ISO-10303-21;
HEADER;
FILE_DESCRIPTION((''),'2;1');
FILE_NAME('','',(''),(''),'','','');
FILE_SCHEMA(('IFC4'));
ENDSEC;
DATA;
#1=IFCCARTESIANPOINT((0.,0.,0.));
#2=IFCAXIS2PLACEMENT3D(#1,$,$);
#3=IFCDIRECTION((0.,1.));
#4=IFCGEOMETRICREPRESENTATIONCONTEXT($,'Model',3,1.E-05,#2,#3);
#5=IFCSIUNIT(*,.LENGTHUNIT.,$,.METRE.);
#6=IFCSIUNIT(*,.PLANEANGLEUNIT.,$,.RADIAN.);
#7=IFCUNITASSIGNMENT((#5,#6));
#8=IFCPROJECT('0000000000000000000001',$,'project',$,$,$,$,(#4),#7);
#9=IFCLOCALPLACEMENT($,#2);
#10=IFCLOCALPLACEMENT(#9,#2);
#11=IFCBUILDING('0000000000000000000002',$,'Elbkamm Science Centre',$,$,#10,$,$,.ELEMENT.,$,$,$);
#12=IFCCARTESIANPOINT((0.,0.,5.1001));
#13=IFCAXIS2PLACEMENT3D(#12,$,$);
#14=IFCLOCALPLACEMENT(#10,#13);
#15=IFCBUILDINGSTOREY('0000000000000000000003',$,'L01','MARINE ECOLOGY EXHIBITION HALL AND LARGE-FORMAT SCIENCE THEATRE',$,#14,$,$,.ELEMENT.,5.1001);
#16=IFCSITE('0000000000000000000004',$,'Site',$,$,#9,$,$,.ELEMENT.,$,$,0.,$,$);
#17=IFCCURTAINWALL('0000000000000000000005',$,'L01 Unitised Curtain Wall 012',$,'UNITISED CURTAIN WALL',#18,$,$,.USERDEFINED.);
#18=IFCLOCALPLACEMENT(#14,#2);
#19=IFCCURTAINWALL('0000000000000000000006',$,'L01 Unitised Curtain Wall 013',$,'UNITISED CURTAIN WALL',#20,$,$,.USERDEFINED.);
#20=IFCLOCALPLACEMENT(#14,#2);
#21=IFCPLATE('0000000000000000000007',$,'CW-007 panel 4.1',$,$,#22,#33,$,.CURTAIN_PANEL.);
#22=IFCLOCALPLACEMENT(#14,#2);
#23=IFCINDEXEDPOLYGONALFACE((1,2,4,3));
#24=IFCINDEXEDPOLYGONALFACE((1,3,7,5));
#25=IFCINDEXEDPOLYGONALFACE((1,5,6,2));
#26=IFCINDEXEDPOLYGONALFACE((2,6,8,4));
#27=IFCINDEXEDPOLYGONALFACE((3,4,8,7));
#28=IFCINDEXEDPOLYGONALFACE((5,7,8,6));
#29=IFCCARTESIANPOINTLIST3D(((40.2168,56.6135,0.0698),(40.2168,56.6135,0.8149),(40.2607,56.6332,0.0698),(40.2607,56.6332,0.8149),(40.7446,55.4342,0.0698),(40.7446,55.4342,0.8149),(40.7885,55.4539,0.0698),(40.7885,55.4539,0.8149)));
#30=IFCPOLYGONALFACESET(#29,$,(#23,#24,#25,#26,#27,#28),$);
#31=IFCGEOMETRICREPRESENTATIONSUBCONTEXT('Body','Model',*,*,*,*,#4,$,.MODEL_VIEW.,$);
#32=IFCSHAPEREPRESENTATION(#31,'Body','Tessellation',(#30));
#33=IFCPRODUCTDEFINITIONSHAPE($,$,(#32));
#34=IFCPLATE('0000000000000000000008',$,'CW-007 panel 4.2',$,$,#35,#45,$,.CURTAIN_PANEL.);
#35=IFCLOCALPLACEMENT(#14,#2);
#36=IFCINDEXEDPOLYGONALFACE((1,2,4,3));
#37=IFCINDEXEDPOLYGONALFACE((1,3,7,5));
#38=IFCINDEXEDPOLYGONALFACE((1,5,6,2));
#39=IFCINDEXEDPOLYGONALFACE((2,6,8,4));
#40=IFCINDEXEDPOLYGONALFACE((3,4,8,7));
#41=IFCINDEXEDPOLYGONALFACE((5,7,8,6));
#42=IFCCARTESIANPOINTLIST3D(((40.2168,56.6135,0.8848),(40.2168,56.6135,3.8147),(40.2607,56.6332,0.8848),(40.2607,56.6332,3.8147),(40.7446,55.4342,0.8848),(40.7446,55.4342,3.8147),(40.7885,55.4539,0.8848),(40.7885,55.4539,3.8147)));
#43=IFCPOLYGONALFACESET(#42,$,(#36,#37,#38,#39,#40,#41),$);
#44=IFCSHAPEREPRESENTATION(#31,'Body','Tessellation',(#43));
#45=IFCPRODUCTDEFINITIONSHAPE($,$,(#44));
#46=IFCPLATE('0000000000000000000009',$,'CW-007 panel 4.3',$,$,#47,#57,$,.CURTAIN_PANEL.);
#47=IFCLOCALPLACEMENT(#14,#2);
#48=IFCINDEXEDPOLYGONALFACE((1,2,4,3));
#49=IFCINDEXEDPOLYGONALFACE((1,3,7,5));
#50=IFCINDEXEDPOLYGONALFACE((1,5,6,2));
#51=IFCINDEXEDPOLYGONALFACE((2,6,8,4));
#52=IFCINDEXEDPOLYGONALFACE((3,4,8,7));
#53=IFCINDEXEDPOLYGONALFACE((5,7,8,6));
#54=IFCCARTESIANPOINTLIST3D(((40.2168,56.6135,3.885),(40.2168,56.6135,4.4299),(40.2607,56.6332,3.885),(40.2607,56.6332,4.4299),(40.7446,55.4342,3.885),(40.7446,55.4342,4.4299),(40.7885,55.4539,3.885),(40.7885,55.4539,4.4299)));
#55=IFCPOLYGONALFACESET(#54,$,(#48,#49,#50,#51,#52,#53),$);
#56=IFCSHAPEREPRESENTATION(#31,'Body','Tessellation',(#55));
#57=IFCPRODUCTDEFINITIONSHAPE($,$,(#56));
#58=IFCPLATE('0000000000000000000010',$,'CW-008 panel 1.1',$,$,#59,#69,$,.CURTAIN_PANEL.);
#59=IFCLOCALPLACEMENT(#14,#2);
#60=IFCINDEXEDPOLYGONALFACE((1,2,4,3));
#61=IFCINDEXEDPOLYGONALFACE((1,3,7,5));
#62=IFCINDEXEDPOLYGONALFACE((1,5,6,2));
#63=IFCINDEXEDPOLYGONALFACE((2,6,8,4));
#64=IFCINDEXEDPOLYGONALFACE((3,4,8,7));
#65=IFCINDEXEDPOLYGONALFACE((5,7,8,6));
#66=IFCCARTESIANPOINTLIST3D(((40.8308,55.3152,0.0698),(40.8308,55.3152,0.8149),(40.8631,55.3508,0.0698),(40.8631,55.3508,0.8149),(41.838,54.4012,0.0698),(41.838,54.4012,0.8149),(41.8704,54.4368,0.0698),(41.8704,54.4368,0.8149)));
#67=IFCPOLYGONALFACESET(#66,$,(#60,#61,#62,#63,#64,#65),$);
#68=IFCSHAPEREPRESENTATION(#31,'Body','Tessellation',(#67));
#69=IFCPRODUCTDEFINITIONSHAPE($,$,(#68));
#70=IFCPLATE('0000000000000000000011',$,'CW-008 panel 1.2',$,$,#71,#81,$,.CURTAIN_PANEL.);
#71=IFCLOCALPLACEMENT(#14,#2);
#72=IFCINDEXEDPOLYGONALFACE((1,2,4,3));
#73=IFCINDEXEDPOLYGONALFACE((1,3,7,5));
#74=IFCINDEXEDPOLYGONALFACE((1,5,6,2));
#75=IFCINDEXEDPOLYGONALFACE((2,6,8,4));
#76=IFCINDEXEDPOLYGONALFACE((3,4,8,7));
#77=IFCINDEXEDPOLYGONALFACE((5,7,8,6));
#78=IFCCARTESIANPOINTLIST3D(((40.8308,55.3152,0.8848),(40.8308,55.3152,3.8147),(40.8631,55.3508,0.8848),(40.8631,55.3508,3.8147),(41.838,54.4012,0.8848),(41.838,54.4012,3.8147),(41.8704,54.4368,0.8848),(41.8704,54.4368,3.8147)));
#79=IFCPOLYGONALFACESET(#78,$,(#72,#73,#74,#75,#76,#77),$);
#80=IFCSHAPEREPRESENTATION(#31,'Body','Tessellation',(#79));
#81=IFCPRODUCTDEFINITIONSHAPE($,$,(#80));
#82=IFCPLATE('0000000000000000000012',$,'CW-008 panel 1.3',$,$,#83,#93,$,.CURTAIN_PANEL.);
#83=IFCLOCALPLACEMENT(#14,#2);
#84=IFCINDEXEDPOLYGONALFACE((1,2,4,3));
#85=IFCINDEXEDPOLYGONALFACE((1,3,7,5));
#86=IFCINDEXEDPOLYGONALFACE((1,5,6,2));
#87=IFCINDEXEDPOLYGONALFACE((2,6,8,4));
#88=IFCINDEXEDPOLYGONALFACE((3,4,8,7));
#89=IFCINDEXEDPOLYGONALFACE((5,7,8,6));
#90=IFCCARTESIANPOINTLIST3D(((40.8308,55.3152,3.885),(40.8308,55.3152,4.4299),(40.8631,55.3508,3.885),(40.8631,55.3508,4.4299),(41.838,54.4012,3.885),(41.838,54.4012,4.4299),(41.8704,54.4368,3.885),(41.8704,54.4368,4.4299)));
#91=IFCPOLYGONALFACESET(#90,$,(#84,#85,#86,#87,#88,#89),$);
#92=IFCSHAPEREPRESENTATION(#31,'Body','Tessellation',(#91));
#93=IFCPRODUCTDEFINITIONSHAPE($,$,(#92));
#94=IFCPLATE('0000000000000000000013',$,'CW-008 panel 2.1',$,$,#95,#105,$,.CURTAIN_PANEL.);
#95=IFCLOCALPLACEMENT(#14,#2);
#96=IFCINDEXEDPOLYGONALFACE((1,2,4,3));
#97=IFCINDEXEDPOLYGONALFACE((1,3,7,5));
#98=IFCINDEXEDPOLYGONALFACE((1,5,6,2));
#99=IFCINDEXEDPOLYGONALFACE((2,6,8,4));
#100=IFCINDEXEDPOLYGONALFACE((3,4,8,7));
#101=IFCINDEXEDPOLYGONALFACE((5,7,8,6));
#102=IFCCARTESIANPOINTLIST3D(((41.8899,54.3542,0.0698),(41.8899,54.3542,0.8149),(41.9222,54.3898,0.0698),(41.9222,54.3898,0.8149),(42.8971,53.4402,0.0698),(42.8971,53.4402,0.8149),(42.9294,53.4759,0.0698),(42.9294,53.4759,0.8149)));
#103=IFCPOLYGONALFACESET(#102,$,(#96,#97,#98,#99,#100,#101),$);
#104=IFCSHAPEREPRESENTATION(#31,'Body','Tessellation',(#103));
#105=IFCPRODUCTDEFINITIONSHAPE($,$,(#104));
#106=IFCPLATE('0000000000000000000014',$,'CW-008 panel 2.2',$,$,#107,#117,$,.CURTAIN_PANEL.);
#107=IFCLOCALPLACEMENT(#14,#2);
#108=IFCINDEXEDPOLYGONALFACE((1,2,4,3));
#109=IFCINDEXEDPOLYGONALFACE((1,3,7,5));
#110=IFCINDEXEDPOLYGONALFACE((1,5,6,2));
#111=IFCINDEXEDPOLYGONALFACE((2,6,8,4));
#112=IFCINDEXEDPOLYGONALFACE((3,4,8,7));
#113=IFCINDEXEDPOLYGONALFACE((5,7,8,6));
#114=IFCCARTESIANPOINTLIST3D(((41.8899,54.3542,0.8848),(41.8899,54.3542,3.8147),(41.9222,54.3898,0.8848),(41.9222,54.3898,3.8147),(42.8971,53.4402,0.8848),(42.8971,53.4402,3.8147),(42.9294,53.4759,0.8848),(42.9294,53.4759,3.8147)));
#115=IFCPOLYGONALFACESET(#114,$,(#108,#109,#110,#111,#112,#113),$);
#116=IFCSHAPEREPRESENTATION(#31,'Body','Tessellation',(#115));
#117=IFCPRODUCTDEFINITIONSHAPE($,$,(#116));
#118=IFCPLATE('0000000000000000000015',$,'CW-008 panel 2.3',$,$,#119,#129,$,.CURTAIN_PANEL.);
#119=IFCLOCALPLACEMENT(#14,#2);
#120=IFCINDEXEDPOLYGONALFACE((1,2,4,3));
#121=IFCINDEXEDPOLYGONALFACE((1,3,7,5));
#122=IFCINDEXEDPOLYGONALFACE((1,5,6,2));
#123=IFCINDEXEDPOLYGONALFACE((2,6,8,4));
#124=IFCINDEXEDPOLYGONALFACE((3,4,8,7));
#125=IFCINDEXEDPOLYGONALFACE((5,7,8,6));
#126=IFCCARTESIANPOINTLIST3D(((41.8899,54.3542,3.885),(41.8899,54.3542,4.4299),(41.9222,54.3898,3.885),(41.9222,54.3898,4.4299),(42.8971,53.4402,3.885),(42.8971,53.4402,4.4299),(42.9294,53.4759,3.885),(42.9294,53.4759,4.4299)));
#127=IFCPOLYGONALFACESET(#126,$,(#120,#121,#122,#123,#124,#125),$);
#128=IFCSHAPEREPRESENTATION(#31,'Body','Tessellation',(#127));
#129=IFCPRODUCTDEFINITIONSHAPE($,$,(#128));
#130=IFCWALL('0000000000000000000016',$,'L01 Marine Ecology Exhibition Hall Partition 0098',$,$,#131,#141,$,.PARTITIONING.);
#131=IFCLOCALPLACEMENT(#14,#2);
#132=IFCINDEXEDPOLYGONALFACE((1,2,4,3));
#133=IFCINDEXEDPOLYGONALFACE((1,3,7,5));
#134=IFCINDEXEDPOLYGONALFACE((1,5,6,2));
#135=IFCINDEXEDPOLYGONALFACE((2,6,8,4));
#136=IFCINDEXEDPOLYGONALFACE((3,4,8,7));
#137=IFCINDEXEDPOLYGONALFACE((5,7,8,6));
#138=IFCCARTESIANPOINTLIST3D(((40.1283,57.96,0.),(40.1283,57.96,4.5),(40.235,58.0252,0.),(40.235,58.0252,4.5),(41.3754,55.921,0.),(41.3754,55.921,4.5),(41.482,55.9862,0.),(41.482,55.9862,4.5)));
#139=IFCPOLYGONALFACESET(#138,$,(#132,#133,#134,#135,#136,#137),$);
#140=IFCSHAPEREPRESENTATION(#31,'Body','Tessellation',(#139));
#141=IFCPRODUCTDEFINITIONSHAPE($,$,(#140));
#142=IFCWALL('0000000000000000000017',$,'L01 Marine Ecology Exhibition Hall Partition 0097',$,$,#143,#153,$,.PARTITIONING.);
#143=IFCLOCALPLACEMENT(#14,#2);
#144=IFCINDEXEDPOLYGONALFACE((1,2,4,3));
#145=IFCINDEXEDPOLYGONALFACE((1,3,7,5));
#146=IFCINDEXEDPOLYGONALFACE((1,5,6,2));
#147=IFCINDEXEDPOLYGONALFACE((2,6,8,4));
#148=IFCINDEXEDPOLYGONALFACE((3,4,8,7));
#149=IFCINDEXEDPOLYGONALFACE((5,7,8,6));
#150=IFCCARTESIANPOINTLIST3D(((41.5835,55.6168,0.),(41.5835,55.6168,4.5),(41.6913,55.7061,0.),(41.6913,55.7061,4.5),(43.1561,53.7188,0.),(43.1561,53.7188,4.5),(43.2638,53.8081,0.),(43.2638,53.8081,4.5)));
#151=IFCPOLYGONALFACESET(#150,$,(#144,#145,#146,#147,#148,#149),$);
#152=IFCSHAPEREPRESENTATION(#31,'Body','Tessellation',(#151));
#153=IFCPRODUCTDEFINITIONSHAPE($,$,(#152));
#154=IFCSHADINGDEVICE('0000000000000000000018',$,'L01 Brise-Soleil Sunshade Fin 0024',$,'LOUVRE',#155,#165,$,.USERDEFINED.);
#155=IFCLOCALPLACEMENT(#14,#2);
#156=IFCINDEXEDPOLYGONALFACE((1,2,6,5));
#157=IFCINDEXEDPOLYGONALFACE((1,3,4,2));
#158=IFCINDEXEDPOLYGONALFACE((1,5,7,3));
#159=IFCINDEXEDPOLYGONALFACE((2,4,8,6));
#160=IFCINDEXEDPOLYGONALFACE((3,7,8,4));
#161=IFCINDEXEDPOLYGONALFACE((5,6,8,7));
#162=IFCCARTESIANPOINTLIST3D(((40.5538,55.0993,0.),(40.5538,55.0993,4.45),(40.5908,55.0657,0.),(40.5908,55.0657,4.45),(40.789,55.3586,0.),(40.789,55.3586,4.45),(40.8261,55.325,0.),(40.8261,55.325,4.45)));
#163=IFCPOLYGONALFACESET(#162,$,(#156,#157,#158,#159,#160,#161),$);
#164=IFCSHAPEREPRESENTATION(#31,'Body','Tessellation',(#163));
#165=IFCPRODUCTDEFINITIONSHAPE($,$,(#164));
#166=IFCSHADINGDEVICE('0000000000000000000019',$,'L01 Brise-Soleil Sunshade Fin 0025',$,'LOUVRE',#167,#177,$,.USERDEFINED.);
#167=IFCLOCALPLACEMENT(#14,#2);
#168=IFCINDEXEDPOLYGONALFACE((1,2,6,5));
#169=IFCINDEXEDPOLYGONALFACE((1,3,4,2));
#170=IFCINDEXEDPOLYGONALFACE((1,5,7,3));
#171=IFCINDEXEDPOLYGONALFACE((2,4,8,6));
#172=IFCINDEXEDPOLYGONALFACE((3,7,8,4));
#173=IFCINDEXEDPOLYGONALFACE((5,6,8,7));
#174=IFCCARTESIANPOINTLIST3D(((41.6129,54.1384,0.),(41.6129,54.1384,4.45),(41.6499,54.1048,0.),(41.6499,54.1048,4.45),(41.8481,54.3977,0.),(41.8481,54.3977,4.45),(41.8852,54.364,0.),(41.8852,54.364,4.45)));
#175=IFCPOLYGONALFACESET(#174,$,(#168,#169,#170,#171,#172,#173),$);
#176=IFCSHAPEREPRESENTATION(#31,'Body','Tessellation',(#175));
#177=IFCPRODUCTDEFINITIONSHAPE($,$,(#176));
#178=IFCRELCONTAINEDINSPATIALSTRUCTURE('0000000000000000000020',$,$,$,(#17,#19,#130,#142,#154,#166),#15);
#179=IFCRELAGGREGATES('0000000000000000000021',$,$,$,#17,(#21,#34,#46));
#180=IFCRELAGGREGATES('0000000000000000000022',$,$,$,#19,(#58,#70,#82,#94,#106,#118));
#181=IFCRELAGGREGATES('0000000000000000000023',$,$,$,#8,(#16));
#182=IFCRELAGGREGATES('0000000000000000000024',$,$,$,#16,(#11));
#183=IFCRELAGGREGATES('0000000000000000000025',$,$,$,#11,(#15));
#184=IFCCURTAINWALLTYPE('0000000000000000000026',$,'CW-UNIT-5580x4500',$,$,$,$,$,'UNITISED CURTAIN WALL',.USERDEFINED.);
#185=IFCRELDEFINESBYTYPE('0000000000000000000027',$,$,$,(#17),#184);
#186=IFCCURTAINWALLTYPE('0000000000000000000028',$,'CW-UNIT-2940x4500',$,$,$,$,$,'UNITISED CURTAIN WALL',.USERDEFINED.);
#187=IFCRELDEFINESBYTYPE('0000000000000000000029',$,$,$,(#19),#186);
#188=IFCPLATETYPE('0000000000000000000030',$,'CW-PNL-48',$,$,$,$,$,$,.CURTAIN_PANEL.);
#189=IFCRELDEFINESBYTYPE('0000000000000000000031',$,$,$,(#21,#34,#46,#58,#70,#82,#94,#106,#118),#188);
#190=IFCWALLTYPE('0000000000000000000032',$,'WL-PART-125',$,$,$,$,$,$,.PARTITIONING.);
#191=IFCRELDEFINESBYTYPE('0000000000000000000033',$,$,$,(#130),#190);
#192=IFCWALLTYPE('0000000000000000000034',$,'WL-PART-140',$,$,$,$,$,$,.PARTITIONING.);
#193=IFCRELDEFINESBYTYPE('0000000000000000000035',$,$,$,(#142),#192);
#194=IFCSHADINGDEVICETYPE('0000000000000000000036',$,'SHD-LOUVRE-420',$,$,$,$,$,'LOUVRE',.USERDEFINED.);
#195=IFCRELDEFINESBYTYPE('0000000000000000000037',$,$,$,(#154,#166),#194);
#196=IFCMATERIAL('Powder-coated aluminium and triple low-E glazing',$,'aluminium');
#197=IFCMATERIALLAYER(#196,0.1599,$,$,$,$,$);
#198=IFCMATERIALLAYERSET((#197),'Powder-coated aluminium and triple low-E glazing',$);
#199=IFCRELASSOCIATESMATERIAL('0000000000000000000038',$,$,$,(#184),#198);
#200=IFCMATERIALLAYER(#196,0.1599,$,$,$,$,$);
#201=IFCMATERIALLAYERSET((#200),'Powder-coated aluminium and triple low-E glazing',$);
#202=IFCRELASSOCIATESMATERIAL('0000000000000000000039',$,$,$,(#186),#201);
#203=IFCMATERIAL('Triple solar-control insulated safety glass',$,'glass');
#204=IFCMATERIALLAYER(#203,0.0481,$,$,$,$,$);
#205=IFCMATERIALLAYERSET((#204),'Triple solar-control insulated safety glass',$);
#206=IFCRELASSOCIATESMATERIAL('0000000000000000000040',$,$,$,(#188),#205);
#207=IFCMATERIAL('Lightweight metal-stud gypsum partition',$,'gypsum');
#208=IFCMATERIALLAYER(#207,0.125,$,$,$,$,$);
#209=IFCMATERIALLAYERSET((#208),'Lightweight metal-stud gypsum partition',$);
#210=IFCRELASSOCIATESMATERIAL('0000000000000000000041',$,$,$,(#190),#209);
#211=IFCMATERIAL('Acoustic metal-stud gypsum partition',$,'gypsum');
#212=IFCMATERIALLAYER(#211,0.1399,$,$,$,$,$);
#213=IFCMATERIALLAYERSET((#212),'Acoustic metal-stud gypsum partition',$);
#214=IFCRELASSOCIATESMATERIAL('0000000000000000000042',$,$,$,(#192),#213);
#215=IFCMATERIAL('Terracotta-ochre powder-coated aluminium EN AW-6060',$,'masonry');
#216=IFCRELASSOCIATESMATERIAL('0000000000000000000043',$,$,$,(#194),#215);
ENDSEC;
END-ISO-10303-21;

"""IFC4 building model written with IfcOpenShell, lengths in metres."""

from ifc_helpers import new_model, si_unit, direction, frame, frame_2d, origin, origin_2d, place, context, subcontext, project, spatial, rectangle, extrude, material, layer, layer_set, type_object, element, aggregate, save


model = new_model("IFC4")

# Units and contexts
model_context = context("Model", 3, precision=1e-05, world=origin(), true_north=direction((0.0, 1.0)))
body_context = subcontext(model_context, "Body", "Model", "MODEL_VIEW")
ifc_project = project(units=[si_unit("LENGTHUNIT", "METRE"), si_unit("PLANEANGLEUNIT", "RADIAN")], contexts=[model_context])

# Site, building, storey
site_placement = place(None, origin())
site = spatial("IfcSite", under=ifc_project, at=site_placement, Name="Site", CompositionType="ELEMENT", RefElevation=0.0)
building_placement = place(site_placement, origin())
building = spatial("IfcBuilding", under=site, at=building_placement, Name="Elbkamm Science Centre", CompositionType="ELEMENT")
storey_placement = place(building_placement, frame((0.0, 0.0, 5.1001)))
storey = spatial("IfcBuildingStorey", under=building, at=storey_placement, Name="L01", Description="MARINE ECOLOGY EXHIBITION HALL AND LARGE-FORMAT SCIENCE THEATRE", CompositionType="ELEMENT", Elevation=5.1001)

# Curtain wall
ifc_material_1 = material(Name="Powder-coated aluminium and triple low-E glazing", Category="aluminium")
ifc_layer_1 = layer(ifc_material_1, 0.1599)
ifc_layer_set_1 = layer_set([ifc_layer_1], Name="Powder-coated aluminium and triple low-E glazing")
curtain_wall_type_1 = type_object("IfcCurtainWallType", Name="CW-UNIT-5580x4500", ElementType="UNITISED CURTAIN WALL", PredefinedType="USERDEFINED", material=ifc_layer_set_1)
curtain_wall_1_placement = place(storey_placement, origin())
curtain_wall_1 = element("IfcCurtainWall", 1, at=curtain_wall_1_placement, inside=storey, type_object=curtain_wall_type_1, Name="L01 Unitised Curtain Wall 012", ObjectType="UNITISED CURTAIN WALL", PredefinedType="USERDEFINED")

# Curtain wall
ifc_layer_2 = layer(ifc_material_1, 0.1599)
ifc_layer_set_2 = layer_set([ifc_layer_2], Name="Powder-coated aluminium and triple low-E glazing")
curtain_wall_type_2 = type_object("IfcCurtainWallType", Name="CW-UNIT-2940x4500", ElementType="UNITISED CURTAIN WALL", PredefinedType="USERDEFINED", material=ifc_layer_set_2)
curtain_wall_2_placement = place(storey_placement, origin())
curtain_wall_2 = element("IfcCurtainWall", 2, at=curtain_wall_2_placement, inside=storey, type_object=curtain_wall_type_2, Name="L01 Unitised Curtain Wall 013", ObjectType="UNITISED CURTAIN WALL", PredefinedType="USERDEFINED")

# Plates
ifc_material_2 = material(Name="Triple solar-control insulated safety glass", Category="glass")
ifc_layer_3 = layer(ifc_material_2, 0.0481)
ifc_layer_set_3 = layer_set([ifc_layer_3], Name="Triple solar-control insulated safety glass")
plate_type = type_object("IfcPlateType", Name="CW-PNL-48", PredefinedType="CURTAIN_PANEL", material=ifc_layer_set_3)
plate_1_placement = place(storey_placement, frame((40.5027, 56.0337, 0.0698), z_axis=(0.0, 0.0, 1.0), x_axis=(0.40851, -0.912754, 0.0)))
plate_1 = element("IfcPlate", 3, at=plate_1_placement, type_object=plate_type, Name="CW-007 panel 4.1", PredefinedType="CURTAIN_PANEL", context=body_context, shape_type="SweptSolid", body=[
    extrude(rectangle(XDim=1.292, YDim=0.0481, at=origin_2d()), origin(), (0.0, 0.0, 1.0), 0.7451),
])
plate_2_placement = place(storey_placement, frame((40.5027, 56.0337, 0.8848), z_axis=(0.0, 0.0, 1.0), x_axis=(0.40851, -0.912754, 0.0)))
plate_2 = element("IfcPlate", 4, at=plate_2_placement, type_object=plate_type, Name="CW-007 panel 4.2", PredefinedType="CURTAIN_PANEL", context=body_context, shape_type="SweptSolid", body=[
    extrude(rectangle(XDim=1.292, YDim=0.0481, at=origin_2d()), origin(), (0.0, 0.0, 1.0), 2.9299),
])
plate_3_placement = place(storey_placement, frame((40.5027, 56.0337, 3.885), z_axis=(0.0, 0.0, 1.0), x_axis=(0.40851, -0.912754, 0.0)))
plate_3 = element("IfcPlate", 5, at=plate_3_placement, type_object=plate_type, Name="CW-007 panel 4.3", PredefinedType="CURTAIN_PANEL", context=body_context, shape_type="SweptSolid", body=[
    extrude(rectangle(XDim=1.292, YDim=0.0481, at=origin_2d()), origin(), (0.0, 0.0, 1.0), 0.5449),
])
aggregate(curtain_wall_1, [plate_1, plate_2, plate_3])
plate_4_placement = place(storey_placement, frame((41.3506, 54.876, 0.0698), z_axis=(0.0, 0.0, 1.0), x_axis=(0.740557, -0.671993, 0.0)))
plate_4 = element("IfcPlate", 6, at=plate_4_placement, type_object=plate_type, Name="CW-008 panel 1.1", PredefinedType="CURTAIN_PANEL", context=body_context, shape_type="SweptSolid", body=[
    extrude(rectangle(XDim=1.3601, YDim=0.0481, at=origin_2d()), origin(), (0.0, 0.0, 1.0), 0.7451),
])
plate_5_placement = place(storey_placement, frame((41.3506, 54.876, 0.8848), z_axis=(0.0, 0.0, 1.0), x_axis=(0.740557, -0.671993, 0.0)))
plate_5 = element("IfcPlate", 7, at=plate_5_placement, type_object=plate_type, Name="CW-008 panel 1.2", PredefinedType="CURTAIN_PANEL", context=body_context, shape_type="SweptSolid", body=[
    extrude(rectangle(XDim=1.3601, YDim=0.0481, at=origin_2d()), origin(), (0.0, 0.0, 1.0), 2.9299),
])
plate_6_placement = place(storey_placement, frame((41.3506, 54.876, 3.885), z_axis=(0.0, 0.0, 1.0), x_axis=(0.740557, -0.671993, 0.0)))
plate_6 = element("IfcPlate", 8, at=plate_6_placement, type_object=plate_type, Name="CW-008 panel 1.3", PredefinedType="CURTAIN_PANEL", context=body_context, shape_type="SweptSolid", body=[
    extrude(rectangle(XDim=1.3601, YDim=0.0481, at=origin_2d()), origin(), (0.0, 0.0, 1.0), 0.5449),
])
plate_7_placement = place(storey_placement, frame((42.4097, 53.915, 0.0698), z_axis=(0.0, 0.0, 1.0), x_axis=(0.740557, -0.671993, 0.0)))
plate_7 = element("IfcPlate", 9, at=plate_7_placement, type_object=plate_type, Name="CW-008 panel 2.1", PredefinedType="CURTAIN_PANEL", context=body_context, shape_type="SweptSolid", body=[
    extrude(rectangle(XDim=1.3601, YDim=0.0481, at=origin_2d()), origin(), (0.0, 0.0, 1.0), 0.7451),
])
plate_8_placement = place(storey_placement, frame((42.4097, 53.915, 0.8848), z_axis=(0.0, 0.0, 1.0), x_axis=(0.740557, -0.671993, 0.0)))
plate_8 = element("IfcPlate", 10, at=plate_8_placement, type_object=plate_type, Name="CW-008 panel 2.2", PredefinedType="CURTAIN_PANEL", context=body_context, shape_type="SweptSolid", body=[
    extrude(rectangle(XDim=1.3601, YDim=0.0481, at=origin_2d()), origin(), (0.0, 0.0, 1.0), 2.9299),
])
plate_9_placement = place(storey_placement, frame((42.4097, 53.915, 3.885), z_axis=(0.0, 0.0, 1.0), x_axis=(0.740557, -0.671993, 0.0)))
plate_9 = element("IfcPlate", 11, at=plate_9_placement, type_object=plate_type, Name="CW-008 panel 2.3", PredefinedType="CURTAIN_PANEL", context=body_context, shape_type="SweptSolid", body=[
    extrude(rectangle(XDim=1.3601, YDim=0.0481, at=origin_2d()), origin(), (0.0, 0.0, 1.0), 0.5449),
])
aggregate(curtain_wall_2, [plate_4, plate_5, plate_6, plate_7, plate_8, plate_9])

# Walls
ifc_material_3 = material(Name="Lightweight metal-stud gypsum partition", Category="gypsum")
ifc_layer_4 = layer(ifc_material_3, 0.125)
ifc_layer_set_4 = layer_set([ifc_layer_4], Name="Lightweight metal-stud gypsum partition")
wall_type_1 = type_object("IfcWallType", Name="WL-PART-125", PredefinedType="PARTITIONING", material=ifc_layer_set_4)
wall_1_placement = place(storey_placement, frame((41.4287, 55.9536, 0.0), z_axis=(0.0, 0.0, 1.0), x_axis=(-0.521747, 0.8531, 0.0)))
element("IfcWall", 12, at=wall_1_placement, inside=storey, type_object=wall_type_1, Name="L01 Marine Ecology Exhibition Hall Partition 0098", PredefinedType="PARTITIONING", context=body_context, shape_type="SweptSolid", body=[
    extrude(rectangle(XDim=2.3901, YDim=0.125, at=frame_2d((1.1951, 0.0))), origin(), (0.0, 0.0, 1.0), 4.5),
])
ifc_material_4 = material(Name="Acoustic metal-stud gypsum partition", Category="gypsum")
ifc_layer_5 = layer(ifc_material_4, 0.1399)
ifc_layer_set_5 = layer_set([ifc_layer_5], Name="Acoustic metal-stud gypsum partition")
wall_type_2 = type_object("IfcWallType", Name="WL-PART-140", PredefinedType="PARTITIONING", material=ifc_layer_set_5)
wall_2_placement = place(storey_placement, frame((43.21, 53.7634, 0.0), z_axis=(0.0, 0.0, 1.0), x_axis=(-0.637999, 0.770037, 0.0)))
element("IfcWall", 13, at=wall_2_placement, inside=storey, type_object=wall_type_2, Name="L01 Marine Ecology Exhibition Hall Partition 0097", PredefinedType="PARTITIONING", context=body_context, shape_type="SweptSolid", body=[
    extrude(rectangle(XDim=2.4648, YDim=0.1399, at=frame_2d((1.2324, 0.0))), origin(), (0.0, 0.0, 1.0), 4.5),
])

# Shading devices
ifc_material_5 = material(Name="Terracotta-ochre powder-coated aluminium EN AW-6060", Category="masonry")
shading_device_type = type_object("IfcShadingDeviceType", Name="SHD-LOUVRE-420", ElementType="LOUVRE", PredefinedType="USERDEFINED", material=ifc_material_5)
for number, where, z_axis, x_axis, name in (
    (14, (40.6899, 55.2122, 0.0), (0.0, 0.0, 1.0), (-0.671993, -0.740557, 0.0), "L01 Brise-Soleil Sunshade Fin 0024"),
    (15, (41.749, 54.2512, 0.0), (0.0, 0.0, 1.0), (-0.671993, -0.740557, 0.0), "L01 Brise-Soleil Sunshade Fin 0025"),
):
    element("IfcShadingDevice", number, at=place(storey_placement, frame(where, z_axis=z_axis, x_axis=x_axis)), inside=storey, type_object=shading_device_type, Name=name, ObjectType="LOUVRE", PredefinedType="USERDEFINED", context=body_context, shape_type="SweptSolid", body=[
        extrude(rectangle(XDim=0.3501, YDim=0.05, at=origin_2d()), origin(), (0.0, 0.0, 1.0), 4.45),
    ])

save(model, "model.ifc")
